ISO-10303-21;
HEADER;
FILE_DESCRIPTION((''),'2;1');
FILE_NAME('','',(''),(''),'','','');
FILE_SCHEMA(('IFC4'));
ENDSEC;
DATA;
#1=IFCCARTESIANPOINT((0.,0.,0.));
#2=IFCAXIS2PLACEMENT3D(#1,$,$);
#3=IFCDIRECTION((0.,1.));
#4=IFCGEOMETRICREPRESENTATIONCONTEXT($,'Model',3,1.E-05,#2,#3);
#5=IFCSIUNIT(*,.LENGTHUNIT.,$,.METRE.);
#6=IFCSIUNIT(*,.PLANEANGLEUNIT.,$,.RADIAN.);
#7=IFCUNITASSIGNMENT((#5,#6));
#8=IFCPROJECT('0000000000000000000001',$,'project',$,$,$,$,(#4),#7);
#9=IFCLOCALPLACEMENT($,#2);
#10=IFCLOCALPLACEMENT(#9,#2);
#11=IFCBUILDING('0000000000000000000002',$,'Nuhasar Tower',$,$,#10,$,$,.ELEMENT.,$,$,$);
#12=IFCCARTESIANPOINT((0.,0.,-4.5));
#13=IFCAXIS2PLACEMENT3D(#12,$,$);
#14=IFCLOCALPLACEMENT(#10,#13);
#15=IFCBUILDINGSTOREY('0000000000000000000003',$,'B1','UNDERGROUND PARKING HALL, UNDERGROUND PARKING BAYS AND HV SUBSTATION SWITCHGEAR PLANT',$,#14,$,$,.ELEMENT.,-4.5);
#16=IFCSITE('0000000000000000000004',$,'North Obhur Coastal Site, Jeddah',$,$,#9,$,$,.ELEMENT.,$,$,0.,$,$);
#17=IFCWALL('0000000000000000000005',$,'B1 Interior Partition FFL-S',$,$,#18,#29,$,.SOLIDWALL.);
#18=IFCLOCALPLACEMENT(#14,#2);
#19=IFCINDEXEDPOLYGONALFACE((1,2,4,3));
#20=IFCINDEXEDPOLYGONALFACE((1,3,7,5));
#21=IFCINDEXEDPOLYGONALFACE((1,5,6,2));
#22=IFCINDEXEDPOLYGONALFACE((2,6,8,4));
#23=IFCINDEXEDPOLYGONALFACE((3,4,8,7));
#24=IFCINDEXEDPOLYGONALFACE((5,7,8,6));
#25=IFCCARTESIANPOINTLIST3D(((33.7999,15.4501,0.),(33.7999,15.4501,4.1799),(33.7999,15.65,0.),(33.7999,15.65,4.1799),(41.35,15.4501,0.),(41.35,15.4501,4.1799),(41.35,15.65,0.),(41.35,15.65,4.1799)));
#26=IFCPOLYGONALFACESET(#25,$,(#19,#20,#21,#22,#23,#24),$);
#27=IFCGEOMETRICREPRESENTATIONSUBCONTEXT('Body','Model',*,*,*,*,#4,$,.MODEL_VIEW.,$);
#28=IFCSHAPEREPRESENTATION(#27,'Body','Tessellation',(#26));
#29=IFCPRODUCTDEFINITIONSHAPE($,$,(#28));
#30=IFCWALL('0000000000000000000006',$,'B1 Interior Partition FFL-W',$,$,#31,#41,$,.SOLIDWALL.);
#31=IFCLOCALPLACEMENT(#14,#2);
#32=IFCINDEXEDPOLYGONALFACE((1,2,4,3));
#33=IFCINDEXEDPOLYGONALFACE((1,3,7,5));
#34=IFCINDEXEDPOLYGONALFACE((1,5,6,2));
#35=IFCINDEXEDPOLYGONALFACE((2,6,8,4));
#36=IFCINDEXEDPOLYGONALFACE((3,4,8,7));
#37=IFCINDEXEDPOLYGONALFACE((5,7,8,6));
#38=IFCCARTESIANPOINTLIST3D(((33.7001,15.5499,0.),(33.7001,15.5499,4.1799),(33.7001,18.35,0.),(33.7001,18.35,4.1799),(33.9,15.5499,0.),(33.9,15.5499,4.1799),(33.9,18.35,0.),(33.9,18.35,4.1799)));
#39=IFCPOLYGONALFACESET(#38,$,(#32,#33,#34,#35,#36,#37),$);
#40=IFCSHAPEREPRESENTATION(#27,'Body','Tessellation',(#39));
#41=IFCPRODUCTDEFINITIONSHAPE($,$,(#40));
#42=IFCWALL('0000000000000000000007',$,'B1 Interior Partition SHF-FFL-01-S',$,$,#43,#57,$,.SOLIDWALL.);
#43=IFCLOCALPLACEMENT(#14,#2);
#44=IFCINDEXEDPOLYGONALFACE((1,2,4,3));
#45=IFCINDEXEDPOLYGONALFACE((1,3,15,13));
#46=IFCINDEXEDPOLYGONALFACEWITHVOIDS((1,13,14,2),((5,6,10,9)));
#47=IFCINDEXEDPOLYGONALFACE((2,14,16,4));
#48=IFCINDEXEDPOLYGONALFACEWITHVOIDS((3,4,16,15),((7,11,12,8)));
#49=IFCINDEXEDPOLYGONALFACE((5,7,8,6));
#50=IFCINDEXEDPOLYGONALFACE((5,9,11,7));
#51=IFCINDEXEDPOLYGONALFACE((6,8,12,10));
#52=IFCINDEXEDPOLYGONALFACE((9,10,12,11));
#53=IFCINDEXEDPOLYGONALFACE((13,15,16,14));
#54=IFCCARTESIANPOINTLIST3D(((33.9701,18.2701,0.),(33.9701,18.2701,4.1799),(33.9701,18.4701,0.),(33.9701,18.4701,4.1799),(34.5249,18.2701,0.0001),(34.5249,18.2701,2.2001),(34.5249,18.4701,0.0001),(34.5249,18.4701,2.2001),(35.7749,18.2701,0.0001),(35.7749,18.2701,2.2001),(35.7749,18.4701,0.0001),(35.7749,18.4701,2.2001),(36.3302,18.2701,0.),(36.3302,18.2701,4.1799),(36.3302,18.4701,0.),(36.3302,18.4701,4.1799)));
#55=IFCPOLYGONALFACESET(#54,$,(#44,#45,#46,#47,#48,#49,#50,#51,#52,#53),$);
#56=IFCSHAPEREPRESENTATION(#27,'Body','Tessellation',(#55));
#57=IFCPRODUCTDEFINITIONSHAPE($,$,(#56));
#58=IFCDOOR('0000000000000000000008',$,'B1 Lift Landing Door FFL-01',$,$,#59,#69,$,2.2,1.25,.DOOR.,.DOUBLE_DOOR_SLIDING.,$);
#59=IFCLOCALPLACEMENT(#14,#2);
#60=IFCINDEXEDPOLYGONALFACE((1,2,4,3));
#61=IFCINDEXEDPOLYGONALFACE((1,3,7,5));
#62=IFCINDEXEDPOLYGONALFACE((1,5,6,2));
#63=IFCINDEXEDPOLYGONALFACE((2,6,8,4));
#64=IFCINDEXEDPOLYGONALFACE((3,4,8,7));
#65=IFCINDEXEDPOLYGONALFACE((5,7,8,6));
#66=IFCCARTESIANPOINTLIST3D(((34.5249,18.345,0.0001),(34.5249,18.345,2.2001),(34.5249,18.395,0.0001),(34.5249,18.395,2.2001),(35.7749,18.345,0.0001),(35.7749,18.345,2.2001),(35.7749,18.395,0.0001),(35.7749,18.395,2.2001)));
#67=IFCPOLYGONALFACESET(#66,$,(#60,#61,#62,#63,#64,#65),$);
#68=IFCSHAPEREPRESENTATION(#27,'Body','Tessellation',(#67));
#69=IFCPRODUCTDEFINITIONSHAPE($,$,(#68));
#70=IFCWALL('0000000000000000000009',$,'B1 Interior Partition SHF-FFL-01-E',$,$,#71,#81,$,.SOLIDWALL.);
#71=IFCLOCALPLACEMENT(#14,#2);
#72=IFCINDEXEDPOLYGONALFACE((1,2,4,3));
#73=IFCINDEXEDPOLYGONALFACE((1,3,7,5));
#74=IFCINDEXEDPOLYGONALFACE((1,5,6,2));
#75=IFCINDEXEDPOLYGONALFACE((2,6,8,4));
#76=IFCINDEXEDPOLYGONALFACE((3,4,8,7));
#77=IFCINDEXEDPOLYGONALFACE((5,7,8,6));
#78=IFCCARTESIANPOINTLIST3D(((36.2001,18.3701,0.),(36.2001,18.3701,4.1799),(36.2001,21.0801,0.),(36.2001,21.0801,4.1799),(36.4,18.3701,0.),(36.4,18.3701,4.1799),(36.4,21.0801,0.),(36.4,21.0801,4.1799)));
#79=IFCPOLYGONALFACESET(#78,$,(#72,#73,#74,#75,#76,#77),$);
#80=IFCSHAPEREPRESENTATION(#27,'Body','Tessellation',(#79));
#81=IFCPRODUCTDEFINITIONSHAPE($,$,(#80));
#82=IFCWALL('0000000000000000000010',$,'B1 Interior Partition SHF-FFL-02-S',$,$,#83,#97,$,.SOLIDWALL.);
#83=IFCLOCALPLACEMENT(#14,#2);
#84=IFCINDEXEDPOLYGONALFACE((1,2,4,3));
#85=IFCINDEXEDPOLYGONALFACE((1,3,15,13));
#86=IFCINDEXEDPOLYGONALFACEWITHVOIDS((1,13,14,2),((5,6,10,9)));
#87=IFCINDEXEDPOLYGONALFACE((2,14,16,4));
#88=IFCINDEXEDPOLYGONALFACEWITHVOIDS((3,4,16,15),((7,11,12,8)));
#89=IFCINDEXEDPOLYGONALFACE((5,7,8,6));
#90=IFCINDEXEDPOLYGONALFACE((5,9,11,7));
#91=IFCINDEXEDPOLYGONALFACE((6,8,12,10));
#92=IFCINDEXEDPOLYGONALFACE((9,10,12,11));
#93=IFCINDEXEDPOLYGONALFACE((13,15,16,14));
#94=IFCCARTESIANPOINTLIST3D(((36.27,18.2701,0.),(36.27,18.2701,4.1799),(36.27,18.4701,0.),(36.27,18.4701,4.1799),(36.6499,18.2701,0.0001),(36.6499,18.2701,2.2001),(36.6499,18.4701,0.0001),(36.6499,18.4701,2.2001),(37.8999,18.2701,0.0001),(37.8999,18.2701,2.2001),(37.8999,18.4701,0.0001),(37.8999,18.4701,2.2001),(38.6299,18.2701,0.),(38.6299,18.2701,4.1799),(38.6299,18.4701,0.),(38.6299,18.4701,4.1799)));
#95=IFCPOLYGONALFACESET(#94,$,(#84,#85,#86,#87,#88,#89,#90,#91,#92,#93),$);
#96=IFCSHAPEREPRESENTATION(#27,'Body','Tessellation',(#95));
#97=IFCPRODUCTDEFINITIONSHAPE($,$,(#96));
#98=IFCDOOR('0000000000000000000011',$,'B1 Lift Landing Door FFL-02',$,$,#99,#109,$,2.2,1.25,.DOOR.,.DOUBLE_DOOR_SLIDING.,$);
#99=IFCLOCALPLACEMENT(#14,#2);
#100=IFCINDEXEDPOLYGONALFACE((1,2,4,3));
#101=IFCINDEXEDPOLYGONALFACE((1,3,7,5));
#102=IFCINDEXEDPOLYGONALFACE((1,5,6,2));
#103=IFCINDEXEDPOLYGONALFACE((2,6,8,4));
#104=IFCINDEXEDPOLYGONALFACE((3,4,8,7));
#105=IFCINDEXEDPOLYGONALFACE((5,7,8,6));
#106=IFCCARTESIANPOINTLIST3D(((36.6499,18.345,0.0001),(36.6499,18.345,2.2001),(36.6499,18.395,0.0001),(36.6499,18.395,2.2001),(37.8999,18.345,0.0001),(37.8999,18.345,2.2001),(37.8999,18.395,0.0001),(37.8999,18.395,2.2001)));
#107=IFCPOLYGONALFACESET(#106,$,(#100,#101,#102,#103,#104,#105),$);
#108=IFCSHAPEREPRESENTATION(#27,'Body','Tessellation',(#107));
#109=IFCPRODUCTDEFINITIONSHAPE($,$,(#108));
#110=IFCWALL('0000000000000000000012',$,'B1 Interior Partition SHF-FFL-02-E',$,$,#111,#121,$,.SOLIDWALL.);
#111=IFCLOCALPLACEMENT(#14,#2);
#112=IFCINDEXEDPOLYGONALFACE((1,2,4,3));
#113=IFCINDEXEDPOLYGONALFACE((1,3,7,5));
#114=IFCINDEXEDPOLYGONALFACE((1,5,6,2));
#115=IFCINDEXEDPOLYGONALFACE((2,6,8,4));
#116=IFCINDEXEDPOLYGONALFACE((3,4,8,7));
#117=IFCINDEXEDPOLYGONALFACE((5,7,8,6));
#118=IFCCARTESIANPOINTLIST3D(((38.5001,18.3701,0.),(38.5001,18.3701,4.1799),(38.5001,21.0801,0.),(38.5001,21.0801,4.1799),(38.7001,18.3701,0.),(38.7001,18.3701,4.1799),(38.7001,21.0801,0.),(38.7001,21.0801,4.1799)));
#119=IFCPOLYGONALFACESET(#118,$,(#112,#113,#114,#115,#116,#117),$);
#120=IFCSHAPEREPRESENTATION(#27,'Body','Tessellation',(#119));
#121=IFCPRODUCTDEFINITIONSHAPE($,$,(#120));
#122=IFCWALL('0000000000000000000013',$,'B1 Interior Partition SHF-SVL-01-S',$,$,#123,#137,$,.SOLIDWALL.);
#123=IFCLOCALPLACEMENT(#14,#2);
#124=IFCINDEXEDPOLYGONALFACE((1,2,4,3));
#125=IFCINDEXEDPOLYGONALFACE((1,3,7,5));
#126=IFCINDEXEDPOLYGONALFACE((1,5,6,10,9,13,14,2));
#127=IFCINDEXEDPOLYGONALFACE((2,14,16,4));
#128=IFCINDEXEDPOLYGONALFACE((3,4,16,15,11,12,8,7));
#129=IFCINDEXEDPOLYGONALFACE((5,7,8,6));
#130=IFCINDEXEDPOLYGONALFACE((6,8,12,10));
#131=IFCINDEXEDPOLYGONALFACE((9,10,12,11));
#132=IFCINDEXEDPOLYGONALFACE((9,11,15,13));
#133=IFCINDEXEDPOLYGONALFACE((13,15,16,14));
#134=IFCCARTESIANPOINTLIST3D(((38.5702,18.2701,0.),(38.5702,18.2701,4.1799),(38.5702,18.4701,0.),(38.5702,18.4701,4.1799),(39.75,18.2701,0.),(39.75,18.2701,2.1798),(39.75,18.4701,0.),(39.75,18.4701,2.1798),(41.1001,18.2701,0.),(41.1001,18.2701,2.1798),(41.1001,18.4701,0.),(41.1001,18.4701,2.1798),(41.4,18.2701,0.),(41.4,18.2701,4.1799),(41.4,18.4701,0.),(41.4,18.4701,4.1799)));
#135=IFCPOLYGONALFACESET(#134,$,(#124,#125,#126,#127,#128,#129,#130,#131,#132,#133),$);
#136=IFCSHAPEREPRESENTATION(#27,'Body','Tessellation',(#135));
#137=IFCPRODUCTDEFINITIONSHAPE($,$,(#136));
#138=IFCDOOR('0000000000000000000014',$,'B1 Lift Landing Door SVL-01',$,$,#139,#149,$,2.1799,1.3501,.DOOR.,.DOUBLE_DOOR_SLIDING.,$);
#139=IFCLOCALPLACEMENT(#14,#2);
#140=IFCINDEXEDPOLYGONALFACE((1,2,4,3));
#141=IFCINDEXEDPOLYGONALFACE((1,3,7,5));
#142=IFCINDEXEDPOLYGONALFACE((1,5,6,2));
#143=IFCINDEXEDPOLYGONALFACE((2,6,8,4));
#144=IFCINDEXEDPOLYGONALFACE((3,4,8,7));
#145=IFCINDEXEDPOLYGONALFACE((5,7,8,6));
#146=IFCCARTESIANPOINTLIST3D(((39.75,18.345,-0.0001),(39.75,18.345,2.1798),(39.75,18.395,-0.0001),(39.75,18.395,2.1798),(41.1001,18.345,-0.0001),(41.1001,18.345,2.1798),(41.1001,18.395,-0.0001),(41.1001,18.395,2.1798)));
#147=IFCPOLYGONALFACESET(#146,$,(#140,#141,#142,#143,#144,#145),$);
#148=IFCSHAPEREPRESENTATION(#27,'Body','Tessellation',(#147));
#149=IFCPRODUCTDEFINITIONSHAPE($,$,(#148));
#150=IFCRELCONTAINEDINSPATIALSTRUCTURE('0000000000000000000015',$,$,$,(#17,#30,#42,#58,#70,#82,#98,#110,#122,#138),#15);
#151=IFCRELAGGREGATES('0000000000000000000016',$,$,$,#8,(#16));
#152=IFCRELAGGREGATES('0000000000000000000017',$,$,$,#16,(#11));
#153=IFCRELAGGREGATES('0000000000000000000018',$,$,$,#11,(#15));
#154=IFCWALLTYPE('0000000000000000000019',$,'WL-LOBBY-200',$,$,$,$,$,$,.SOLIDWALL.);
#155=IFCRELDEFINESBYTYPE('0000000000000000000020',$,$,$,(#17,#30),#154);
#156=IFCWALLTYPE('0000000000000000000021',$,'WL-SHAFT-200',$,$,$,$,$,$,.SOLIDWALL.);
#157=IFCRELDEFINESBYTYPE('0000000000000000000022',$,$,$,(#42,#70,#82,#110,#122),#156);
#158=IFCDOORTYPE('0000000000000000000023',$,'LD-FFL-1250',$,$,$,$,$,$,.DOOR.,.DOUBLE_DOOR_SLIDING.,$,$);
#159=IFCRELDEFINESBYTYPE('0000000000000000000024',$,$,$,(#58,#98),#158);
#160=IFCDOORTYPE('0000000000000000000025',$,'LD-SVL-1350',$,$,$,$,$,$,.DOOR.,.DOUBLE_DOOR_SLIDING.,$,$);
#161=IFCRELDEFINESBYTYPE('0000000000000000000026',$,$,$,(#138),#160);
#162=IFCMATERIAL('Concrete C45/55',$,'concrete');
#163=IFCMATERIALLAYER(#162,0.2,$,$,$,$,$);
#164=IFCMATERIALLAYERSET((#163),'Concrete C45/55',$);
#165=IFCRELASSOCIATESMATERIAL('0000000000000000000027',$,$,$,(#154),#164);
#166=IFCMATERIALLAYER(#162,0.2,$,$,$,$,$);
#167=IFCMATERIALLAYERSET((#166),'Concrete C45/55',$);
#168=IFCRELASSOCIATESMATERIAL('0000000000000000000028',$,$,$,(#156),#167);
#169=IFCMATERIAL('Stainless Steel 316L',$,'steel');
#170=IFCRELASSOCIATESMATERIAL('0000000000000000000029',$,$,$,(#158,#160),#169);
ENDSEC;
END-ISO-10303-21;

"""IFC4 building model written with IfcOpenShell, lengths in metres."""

from ifc_helpers import new_model, si_unit, direction, frame, frame_2d, origin, place, context, subcontext, project, spatial, rectangle, extrude, material, layer, layer_set, type_object, element, fill, save


model = new_model("IFC4")

# Units and contexts
model_context = context("Model", 3, precision=1e-05, world=origin(), true_north=direction((0.0, 1.0)))
body_context = subcontext(model_context, "Body", "Model", "MODEL_VIEW")
ifc_project = project(units=[si_unit("LENGTHUNIT", "METRE"), si_unit("PLANEANGLEUNIT", "RADIAN")], contexts=[model_context])

# Site, building, storey
site_placement = place(None, origin())
site = spatial("IfcSite", under=ifc_project, at=site_placement, Name="North Obhur Coastal Site, Jeddah", CompositionType="ELEMENT", RefElevation=0.0)
building_placement = place(site_placement, origin())
building = spatial("IfcBuilding", under=site, at=building_placement, Name="Nuhasar Tower", CompositionType="ELEMENT")
storey_placement = place(building_placement, frame((0.0, 0.0, -4.5)))
storey = spatial("IfcBuildingStorey", under=building, at=storey_placement, Name="B1", Description="UNDERGROUND PARKING HALL, UNDERGROUND PARKING BAYS AND HV SUBSTATION SWITCHGEAR PLANT", CompositionType="ELEMENT", Elevation=-4.5)

# Walls
ifc_material_1 = material(Name="Concrete C45/55", Category="concrete")
ifc_layer_1 = layer(ifc_material_1, 0.2)
ifc_layer_set_1 = layer_set([ifc_layer_1], Name="Concrete C45/55")
wall_type_1 = type_object("IfcWallType", Name="WL-LOBBY-200", PredefinedType="SOLIDWALL", material=ifc_layer_set_1)
wall_1_placement = place(storey_placement, frame((33.8, 15.55, 0.0), z_axis=(0.0, 0.0, 1.0), x_axis=(1.0, 0.0, 0.0)))
element("IfcWall", 1, at=wall_1_placement, inside=storey, type_object=wall_type_1, Name="B1 Interior Partition FFL-S", PredefinedType="SOLIDWALL", context=body_context, shape_type="SweptSolid", body=[
    extrude(rectangle(XDim=7.55, YDim=0.2, at=frame_2d((3.7749, 0.0))), origin(), (0.0, 0.0, 1.0), 4.1799),
])
wall_2_placement = place(storey_placement, frame((33.8, 15.55, 0.0), z_axis=(0.0, 0.0, 1.0), x_axis=(0.0, 1.0, 0.0)))
element("IfcWall", 2, at=wall_2_placement, inside=storey, type_object=wall_type_1, Name="B1 Interior Partition FFL-W", PredefinedType="SOLIDWALL", context=body_context, shape_type="SweptSolid", body=[
    extrude(rectangle(XDim=2.8, YDim=0.2, at=frame_2d((1.3999, 0.0))), origin(), (0.0, 0.0, 1.0), 4.1799),
])

# Wall, opening, door
ifc_layer_2 = layer(ifc_material_1, 0.2)
ifc_layer_set_2 = layer_set([ifc_layer_2], Name="Concrete C45/55")
wall_type_2 = type_object("IfcWallType", Name="WL-SHAFT-200", PredefinedType="SOLIDWALL", material=ifc_layer_set_2)
wall_3_placement = place(storey_placement, frame((33.97, 18.3701, 0.0), z_axis=(0.0, 0.0, 1.0), x_axis=(1.0, 0.0, 0.0)))
wall_3 = element("IfcWall", 3, at=wall_3_placement, inside=storey, type_object=wall_type_2, Name="B1 Interior Partition SHF-FFL-01-S", PredefinedType="SOLIDWALL", context=body_context, shape_type="SweptSolid", body=[
    extrude(rectangle(XDim=2.3601, YDim=0.2, at=frame_2d((1.1802, 0.0))), origin(), (0.0, 0.0, 1.0), 4.1799),
])
opening_1_placement = place(wall_3_placement, frame((0.5549, 0.0, 0.0)))
opening_1 = element("IfcOpeningElement", 4, at=opening_1_placement, cuts=wall_3, PredefinedType="OPENING", context=body_context, shape_type="SweptSolid", body=[
    extrude(rectangle(XDim=1.25, YDim=2.2, at=frame_2d((0.625, 1.1001))), frame((0.0, 0.1099, 0.0), z_axis=(0.0, -1.0, 0.0), x_axis=(1.0, 0.0, 0.0)), (0.0, 0.0, 1.0), 0.22),
])
ifc_material_2 = material(Name="Stainless Steel 316L", Category="steel")
door_type_1 = type_object("IfcDoorType", Name="LD-FFL-1250", OperationType="DOUBLE_DOOR_SLIDING", PredefinedType="DOOR", material=ifc_material_2)
door_1_placement = place(opening_1_placement, origin())
door_1 = element("IfcDoor", 5, at=door_1_placement, inside=storey, type_object=door_type_1, Name="B1 Lift Landing Door FFL-01", OperationType="DOUBLE_DOOR_SLIDING", OverallHeight=2.2, OverallWidth=1.25, PredefinedType="DOOR", context=body_context, shape_type="SweptSolid", body=[
    extrude(rectangle(XDim=1.25, YDim=2.2, at=frame_2d((0.625, 1.1001))), frame((0.0, 0.0249, 0.0), z_axis=(0.0, -1.0, 0.0), x_axis=(1.0, 0.0, 0.0)), (0.0, 0.0, 1.0), 0.05),
])
fill(opening_1, door_1)

# Wall
wall_4_placement = place(storey_placement, frame((36.3, 18.3701, 0.0), z_axis=(0.0, 0.0, 1.0), x_axis=(0.0, 1.0, 0.0)))
element("IfcWall", 6, at=wall_4_placement, inside=storey, type_object=wall_type_2, Name="B1 Interior Partition SHF-FFL-01-E", PredefinedType="SOLIDWALL", context=body_context, shape_type="SweptSolid", body=[
    extrude(rectangle(XDim=2.71, YDim=0.2, at=frame_2d((1.355, 0.0))), origin(), (0.0, 0.0, 1.0), 4.1799),
])

# Wall, opening, door
wall_5_placement = place(storey_placement, frame((36.27, 18.3701, 0.0), z_axis=(0.0, 0.0, 1.0), x_axis=(1.0, 0.0, 0.0)))
wall_5 = element("IfcWall", 7, at=wall_5_placement, inside=storey, type_object=wall_type_2, Name="B1 Interior Partition SHF-FFL-02-S", PredefinedType="SOLIDWALL", context=body_context, shape_type="SweptSolid", body=[
    extrude(rectangle(XDim=2.3599, YDim=0.2, at=frame_2d((1.1799, 0.0))), origin(), (0.0, 0.0, 1.0), 4.1799),
])
opening_2_placement = place(wall_5_placement, frame((0.3799, 0.0, 0.0)))
opening_2 = element("IfcOpeningElement", 8, at=opening_2_placement, cuts=wall_5, PredefinedType="OPENING", context=body_context, shape_type="SweptSolid", body=[
    extrude(rectangle(XDim=1.25, YDim=2.2, at=frame_2d((0.625, 1.1001))), frame((0.0, 0.1099, 0.0), z_axis=(0.0, -1.0, 0.0), x_axis=(1.0, 0.0, 0.0)), (0.0, 0.0, 1.0), 0.22),
])
door_2_placement = place(opening_2_placement, origin())
door_2 = element("IfcDoor", 9, at=door_2_placement, inside=storey, type_object=door_type_1, Name="B1 Lift Landing Door FFL-02", OperationType="DOUBLE_DOOR_SLIDING", OverallHeight=2.2, OverallWidth=1.25, PredefinedType="DOOR", context=body_context, shape_type="SweptSolid", body=[
    extrude(rectangle(XDim=1.25, YDim=2.2, at=frame_2d((0.625, 1.1001))), frame((0.0, 0.0249, 0.0), z_axis=(0.0, -1.0, 0.0), x_axis=(1.0, 0.0, 0.0)), (0.0, 0.0, 1.0), 0.05),
])
fill(opening_2, door_2)

# Wall
wall_6_placement = place(storey_placement, frame((38.6001, 18.3701, 0.0), z_axis=(0.0, 0.0, 1.0), x_axis=(0.0, 1.0, 0.0)))
element("IfcWall", 10, at=wall_6_placement, inside=storey, type_object=wall_type_2, Name="B1 Interior Partition SHF-FFL-02-E", PredefinedType="SOLIDWALL", context=body_context, shape_type="SweptSolid", body=[
    extrude(rectangle(XDim=2.71, YDim=0.2, at=frame_2d((1.355, 0.0))), origin(), (0.0, 0.0, 1.0), 4.1799),
])

# Wall, opening, door
wall_7_placement = place(storey_placement, frame((38.5701, 18.3701, 0.0), z_axis=(0.0, 0.0, 1.0), x_axis=(1.0, 0.0, 0.0)))
wall_7 = element("IfcWall", 11, at=wall_7_placement, inside=storey, type_object=wall_type_2, Name="B1 Interior Partition SHF-SVL-01-S", PredefinedType="SOLIDWALL", context=body_context, shape_type="SweptSolid", body=[
    extrude(rectangle(XDim=2.8298, YDim=0.2, at=frame_2d((1.415, 0.0))), origin(), (0.0, 0.0, 1.0), 4.1799),
])
opening_3_placement = place(wall_7_placement, frame((1.1799, 0.0, 0.0)))
opening_3 = element("IfcOpeningElement", 12, at=opening_3_placement, cuts=wall_7, PredefinedType="OPENING", context=body_context, shape_type="SweptSolid", body=[
    extrude(rectangle(XDim=1.3501, YDim=2.1799, at=frame_2d((0.675, 1.0898))), frame((0.0, 0.1099, 0.0), z_axis=(0.0, -1.0, 0.0), x_axis=(1.0, 0.0, 0.0)), (0.0, 0.0, 1.0), 0.22),
])
door_type_2 = type_object("IfcDoorType", Name="LD-SVL-1350", OperationType="DOUBLE_DOOR_SLIDING", PredefinedType="DOOR", material=ifc_material_2)
door_3_placement = place(opening_3_placement, origin())
door_3 = element("IfcDoor", 13, at=door_3_placement, inside=storey, type_object=door_type_2, Name="B1 Lift Landing Door SVL-01", OperationType="DOUBLE_DOOR_SLIDING", OverallHeight=2.1799, OverallWidth=1.3501, PredefinedType="DOOR", context=body_context, shape_type="SweptSolid", body=[
    extrude(rectangle(XDim=1.3501, YDim=2.1799, at=frame_2d((0.675, 1.0898))), frame((0.0, 0.0249, 0.0), z_axis=(0.0, -1.0, 0.0), x_axis=(1.0, 0.0, 0.0)), (0.0, 0.0, 1.0), 0.05),
])
fill(opening_3, door_3)

save(model, "model.ifc")
